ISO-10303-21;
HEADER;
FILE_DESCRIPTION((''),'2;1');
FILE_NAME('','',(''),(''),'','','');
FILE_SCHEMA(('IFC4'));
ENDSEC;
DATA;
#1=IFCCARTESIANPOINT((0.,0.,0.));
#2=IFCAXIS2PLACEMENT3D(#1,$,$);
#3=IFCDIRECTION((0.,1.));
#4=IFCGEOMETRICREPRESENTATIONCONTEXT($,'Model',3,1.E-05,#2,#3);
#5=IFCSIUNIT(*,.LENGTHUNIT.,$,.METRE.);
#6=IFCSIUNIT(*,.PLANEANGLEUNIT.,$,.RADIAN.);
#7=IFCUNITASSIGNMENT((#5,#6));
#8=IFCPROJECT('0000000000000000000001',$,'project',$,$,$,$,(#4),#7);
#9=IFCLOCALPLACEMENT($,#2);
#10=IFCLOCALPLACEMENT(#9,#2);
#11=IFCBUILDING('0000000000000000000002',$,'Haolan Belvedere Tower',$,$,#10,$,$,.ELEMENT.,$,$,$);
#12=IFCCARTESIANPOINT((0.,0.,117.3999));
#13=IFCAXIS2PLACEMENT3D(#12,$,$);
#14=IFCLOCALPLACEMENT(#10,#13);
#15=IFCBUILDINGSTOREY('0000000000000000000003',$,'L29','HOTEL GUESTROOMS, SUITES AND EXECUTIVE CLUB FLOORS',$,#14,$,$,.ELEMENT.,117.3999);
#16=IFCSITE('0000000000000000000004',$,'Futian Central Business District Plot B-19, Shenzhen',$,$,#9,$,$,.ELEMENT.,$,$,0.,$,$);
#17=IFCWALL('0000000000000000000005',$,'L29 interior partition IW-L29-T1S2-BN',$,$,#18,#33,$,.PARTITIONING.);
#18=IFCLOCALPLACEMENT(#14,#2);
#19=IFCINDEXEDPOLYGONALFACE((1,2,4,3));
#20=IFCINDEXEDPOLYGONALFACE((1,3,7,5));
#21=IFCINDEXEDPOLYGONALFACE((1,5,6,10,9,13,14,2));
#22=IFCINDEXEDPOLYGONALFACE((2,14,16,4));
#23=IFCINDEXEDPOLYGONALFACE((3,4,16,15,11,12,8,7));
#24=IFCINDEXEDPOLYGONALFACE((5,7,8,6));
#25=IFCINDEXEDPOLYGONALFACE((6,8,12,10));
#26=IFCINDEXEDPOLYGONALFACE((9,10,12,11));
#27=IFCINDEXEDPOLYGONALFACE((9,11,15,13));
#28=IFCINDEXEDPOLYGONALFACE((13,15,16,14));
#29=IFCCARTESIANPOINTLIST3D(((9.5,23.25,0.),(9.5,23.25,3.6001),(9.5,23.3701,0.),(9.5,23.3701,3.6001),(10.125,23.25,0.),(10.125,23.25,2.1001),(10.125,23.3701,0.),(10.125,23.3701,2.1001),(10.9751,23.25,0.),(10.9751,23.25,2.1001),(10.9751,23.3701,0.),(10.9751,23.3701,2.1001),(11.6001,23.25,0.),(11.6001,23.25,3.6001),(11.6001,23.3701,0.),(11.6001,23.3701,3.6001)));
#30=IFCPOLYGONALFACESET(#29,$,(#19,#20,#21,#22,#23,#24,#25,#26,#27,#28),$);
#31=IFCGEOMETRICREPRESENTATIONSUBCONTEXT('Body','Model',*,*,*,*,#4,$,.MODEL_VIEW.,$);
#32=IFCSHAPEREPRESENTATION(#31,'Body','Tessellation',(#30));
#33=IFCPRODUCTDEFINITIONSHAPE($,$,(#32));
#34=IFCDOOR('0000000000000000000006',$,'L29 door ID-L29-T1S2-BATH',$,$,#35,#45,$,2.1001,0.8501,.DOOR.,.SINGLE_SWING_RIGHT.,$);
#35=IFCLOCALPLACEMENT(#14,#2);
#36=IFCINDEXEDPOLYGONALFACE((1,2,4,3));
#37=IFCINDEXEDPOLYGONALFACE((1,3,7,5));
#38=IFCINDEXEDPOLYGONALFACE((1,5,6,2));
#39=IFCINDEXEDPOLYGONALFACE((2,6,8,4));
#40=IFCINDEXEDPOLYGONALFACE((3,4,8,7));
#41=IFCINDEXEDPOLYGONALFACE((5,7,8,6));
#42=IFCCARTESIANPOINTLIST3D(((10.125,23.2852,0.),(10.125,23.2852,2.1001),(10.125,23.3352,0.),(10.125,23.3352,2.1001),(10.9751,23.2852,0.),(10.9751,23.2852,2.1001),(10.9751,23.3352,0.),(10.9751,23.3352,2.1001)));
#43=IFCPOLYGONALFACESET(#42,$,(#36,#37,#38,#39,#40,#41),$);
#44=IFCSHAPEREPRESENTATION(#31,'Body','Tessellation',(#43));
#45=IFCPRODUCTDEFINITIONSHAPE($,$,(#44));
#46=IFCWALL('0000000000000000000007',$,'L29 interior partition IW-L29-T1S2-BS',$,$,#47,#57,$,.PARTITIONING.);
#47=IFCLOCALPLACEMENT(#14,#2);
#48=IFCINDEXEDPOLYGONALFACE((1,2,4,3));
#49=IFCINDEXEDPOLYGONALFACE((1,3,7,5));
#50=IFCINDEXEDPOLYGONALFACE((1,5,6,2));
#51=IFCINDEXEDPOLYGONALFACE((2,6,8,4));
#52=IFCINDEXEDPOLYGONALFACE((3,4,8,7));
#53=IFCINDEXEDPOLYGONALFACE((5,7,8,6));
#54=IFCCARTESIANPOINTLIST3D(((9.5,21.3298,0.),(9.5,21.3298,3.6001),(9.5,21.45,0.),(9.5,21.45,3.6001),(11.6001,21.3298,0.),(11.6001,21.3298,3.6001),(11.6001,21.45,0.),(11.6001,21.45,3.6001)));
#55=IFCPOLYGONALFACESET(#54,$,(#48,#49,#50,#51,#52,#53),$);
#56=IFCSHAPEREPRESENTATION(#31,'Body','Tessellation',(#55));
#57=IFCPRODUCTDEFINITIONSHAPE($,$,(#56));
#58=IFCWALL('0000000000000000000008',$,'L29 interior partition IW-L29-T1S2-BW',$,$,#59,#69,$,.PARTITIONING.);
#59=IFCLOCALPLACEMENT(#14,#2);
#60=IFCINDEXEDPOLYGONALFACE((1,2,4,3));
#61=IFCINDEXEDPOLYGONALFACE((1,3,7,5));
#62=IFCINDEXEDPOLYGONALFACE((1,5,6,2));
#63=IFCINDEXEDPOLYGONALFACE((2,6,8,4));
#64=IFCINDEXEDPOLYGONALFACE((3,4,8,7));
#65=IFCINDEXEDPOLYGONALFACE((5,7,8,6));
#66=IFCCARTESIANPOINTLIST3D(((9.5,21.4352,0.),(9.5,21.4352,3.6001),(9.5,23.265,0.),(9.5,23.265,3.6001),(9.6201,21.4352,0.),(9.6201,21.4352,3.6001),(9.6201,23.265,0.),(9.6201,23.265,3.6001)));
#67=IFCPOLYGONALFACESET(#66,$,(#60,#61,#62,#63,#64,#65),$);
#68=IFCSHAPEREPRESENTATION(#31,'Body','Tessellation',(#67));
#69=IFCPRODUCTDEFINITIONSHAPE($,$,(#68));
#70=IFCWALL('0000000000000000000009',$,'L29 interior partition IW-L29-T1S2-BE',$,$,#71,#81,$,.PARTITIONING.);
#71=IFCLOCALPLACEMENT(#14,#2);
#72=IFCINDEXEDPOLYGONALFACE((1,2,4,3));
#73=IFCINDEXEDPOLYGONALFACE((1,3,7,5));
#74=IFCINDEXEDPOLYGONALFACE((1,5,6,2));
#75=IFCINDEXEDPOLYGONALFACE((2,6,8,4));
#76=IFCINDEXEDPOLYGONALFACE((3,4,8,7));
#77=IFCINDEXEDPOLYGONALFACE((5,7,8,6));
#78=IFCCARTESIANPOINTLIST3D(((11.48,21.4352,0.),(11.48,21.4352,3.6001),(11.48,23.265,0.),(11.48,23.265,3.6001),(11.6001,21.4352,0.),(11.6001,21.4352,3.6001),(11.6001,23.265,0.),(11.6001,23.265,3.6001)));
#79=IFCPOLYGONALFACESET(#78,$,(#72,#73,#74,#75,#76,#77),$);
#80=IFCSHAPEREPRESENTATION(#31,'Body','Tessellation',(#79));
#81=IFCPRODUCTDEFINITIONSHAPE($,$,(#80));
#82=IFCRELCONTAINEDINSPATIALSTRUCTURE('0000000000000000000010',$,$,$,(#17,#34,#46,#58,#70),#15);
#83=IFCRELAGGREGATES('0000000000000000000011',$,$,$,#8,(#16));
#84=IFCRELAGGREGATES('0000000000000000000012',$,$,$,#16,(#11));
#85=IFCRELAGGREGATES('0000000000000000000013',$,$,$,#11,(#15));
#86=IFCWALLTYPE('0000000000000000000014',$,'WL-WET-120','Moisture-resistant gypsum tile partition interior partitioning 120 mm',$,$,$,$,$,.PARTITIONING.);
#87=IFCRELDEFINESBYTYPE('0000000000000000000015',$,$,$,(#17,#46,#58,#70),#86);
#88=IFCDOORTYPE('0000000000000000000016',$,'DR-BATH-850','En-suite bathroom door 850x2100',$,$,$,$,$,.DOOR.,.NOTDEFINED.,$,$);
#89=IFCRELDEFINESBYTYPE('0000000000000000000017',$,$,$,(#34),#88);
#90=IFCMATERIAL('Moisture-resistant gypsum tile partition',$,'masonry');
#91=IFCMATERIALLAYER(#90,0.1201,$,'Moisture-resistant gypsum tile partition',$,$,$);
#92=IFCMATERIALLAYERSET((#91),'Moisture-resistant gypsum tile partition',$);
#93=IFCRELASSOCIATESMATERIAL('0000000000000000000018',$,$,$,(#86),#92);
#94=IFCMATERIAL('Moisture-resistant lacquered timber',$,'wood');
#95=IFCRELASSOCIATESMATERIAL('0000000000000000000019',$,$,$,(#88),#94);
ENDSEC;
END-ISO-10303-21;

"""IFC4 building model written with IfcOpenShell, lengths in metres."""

from ifc_helpers import new_model, si_unit, direction, frame, frame_2d, origin, place, context, subcontext, project, spatial, rectangle, extrude, material, layer, layer_set, type_object, element, fill, save


model = new_model("IFC4")

# Units and contexts
model_context = context("Model", 3, precision=1e-05, world=origin(), true_north=direction((0.0, 1.0)))
body_context = subcontext(model_context, "Body", "Model", "MODEL_VIEW")
ifc_project = project(units=[si_unit("LENGTHUNIT", "METRE"), si_unit("PLANEANGLEUNIT", "RADIAN")], contexts=[model_context])

# Site, building, storey
site_placement = place(None, origin())
site = spatial("IfcSite", under=ifc_project, at=site_placement, Name="Futian Central Business District Plot B-19, Shenzhen", CompositionType="ELEMENT", RefElevation=0.0)
building_placement = place(site_placement, origin())
building = spatial("IfcBuilding", under=site, at=building_placement, Name="Haolan Belvedere Tower", CompositionType="ELEMENT")
storey_placement = place(building_placement, frame((0.0, 0.0, 117.3999)))
storey = spatial("IfcBuildingStorey", under=building, at=storey_placement, Name="L29", Description="HOTEL GUESTROOMS, SUITES AND EXECUTIVE CLUB FLOORS", CompositionType="ELEMENT", Elevation=117.3999)

# Shared definitions
ifc_material_1 = material(Name="Moisture-resistant gypsum tile partition", Category="masonry")
ifc_layer_1 = layer(ifc_material_1, 0.1201, Name="Moisture-resistant gypsum tile partition")
ifc_layer_set_1 = layer_set([ifc_layer_1], Name="Moisture-resistant gypsum tile partition")
wall_type_1 = type_object("IfcWallType", Name="WL-WET-120", Description="Moisture-resistant gypsum tile partition interior partitioning 120 mm", PredefinedType="PARTITIONING", material=ifc_layer_set_1)
ifc_material_2 = material(Name="Moisture-resistant lacquered timber", Category="wood")
door_type_1 = type_object("IfcDoorType", Name="DR-BATH-850", Description="En-suite bathroom door 850x2100", OperationType="NOTDEFINED", PredefinedType="DOOR", material=ifc_material_2)

# Wall, opening, door
wall_1_placement = place(storey_placement, frame((9.5, 23.3101, 0.0), z_axis=(0.0, 0.0, 1.0), x_axis=(1.0, 0.0, 0.0)))
wall_1 = element("IfcWall", 1, at=wall_1_placement, inside=storey, type_object=wall_type_1, Name="L29 interior partition IW-L29-T1S2-BN", PredefinedType="PARTITIONING", context=body_context, shape_type="SweptSolid", body=[
    extrude(rectangle(XDim=2.1001, YDim=0.1201, at=frame_2d((1.05, 0.0))), origin(), (0.0, 0.0, 1.0), 3.6001),
])
opening_1_placement = place(wall_1_placement, frame((1.4751, 0.0, 0.0), z_axis=(0.0, 0.0, 1.0), x_axis=(-1.0, 0.0, 0.0)))
opening_1 = element("IfcOpeningElement", 2, at=opening_1_placement, cuts=wall_1, PredefinedType="OPENING", context=body_context, shape_type="SweptSolid", body=[
    extrude(rectangle(XDim=0.8501, YDim=2.1001, at=frame_2d((0.425, 1.05))), frame((0.0, 0.0701, 0.0), z_axis=(0.0, -1.0, 0.0), x_axis=(1.0, 0.0, 0.0)), (0.0, 0.0, 1.0), 0.1401),
])
door_1_placement = place(opening_1_placement, origin())
door_1 = element("IfcDoor", 3, at=door_1_placement, inside=storey, type_object=door_type_1, Name="L29 door ID-L29-T1S2-BATH", OperationType="SINGLE_SWING_RIGHT", OverallHeight=2.1001, OverallWidth=0.8501, PredefinedType="DOOR", context=body_context, shape_type="SweptSolid", body=[
    extrude(rectangle(XDim=0.8501, YDim=2.1001, at=frame_2d((0.425, 1.05))), frame((0.0, 0.0249, 0.0), z_axis=(0.0, -1.0, 0.0), x_axis=(1.0, 0.0, 0.0)), (0.0, 0.0, 1.0), 0.05),
])
fill(opening_1, door_1)

# Walls
wall_2_placement = place(storey_placement, frame((9.5, 21.3899, 0.0), z_axis=(0.0, 0.0, 1.0), x_axis=(1.0, 0.0, 0.0)))
element("IfcWall", 4, at=wall_2_placement, inside=storey, type_object=wall_type_1, Name="L29 interior partition IW-L29-T1S2-BS", PredefinedType="PARTITIONING", context=body_context, shape_type="SweptSolid", body=[
    extrude(rectangle(XDim=2.1001, YDim=0.1201, at=frame_2d((1.05, 0.0))), origin(), (0.0, 0.0, 1.0), 3.6001),
])
for number, where, z_axis, x_axis, name in (
    (5, (9.5601, 21.4351, 0.0), (0.0, 0.0, 1.0), (0.0, 1.0, 0.0), "L29 interior partition IW-L29-T1S2-BW"),
    (6, (11.54, 21.4351, 0.0), (0.0, 0.0, 1.0), (0.0, 1.0, 0.0), "L29 interior partition IW-L29-T1S2-BE"),
):
    element("IfcWall", number, at=place(storey_placement, frame(where, z_axis=z_axis, x_axis=x_axis)), inside=storey, type_object=wall_type_1, Name=name, PredefinedType="PARTITIONING", context=body_context, shape_type="SweptSolid", body=[
        extrude(rectangle(XDim=1.8298, YDim=0.1201, at=frame_2d((0.915, 0.0))), origin(), (0.0, 0.0, 1.0), 3.6001),
    ])

save(model, "model.ifc")
